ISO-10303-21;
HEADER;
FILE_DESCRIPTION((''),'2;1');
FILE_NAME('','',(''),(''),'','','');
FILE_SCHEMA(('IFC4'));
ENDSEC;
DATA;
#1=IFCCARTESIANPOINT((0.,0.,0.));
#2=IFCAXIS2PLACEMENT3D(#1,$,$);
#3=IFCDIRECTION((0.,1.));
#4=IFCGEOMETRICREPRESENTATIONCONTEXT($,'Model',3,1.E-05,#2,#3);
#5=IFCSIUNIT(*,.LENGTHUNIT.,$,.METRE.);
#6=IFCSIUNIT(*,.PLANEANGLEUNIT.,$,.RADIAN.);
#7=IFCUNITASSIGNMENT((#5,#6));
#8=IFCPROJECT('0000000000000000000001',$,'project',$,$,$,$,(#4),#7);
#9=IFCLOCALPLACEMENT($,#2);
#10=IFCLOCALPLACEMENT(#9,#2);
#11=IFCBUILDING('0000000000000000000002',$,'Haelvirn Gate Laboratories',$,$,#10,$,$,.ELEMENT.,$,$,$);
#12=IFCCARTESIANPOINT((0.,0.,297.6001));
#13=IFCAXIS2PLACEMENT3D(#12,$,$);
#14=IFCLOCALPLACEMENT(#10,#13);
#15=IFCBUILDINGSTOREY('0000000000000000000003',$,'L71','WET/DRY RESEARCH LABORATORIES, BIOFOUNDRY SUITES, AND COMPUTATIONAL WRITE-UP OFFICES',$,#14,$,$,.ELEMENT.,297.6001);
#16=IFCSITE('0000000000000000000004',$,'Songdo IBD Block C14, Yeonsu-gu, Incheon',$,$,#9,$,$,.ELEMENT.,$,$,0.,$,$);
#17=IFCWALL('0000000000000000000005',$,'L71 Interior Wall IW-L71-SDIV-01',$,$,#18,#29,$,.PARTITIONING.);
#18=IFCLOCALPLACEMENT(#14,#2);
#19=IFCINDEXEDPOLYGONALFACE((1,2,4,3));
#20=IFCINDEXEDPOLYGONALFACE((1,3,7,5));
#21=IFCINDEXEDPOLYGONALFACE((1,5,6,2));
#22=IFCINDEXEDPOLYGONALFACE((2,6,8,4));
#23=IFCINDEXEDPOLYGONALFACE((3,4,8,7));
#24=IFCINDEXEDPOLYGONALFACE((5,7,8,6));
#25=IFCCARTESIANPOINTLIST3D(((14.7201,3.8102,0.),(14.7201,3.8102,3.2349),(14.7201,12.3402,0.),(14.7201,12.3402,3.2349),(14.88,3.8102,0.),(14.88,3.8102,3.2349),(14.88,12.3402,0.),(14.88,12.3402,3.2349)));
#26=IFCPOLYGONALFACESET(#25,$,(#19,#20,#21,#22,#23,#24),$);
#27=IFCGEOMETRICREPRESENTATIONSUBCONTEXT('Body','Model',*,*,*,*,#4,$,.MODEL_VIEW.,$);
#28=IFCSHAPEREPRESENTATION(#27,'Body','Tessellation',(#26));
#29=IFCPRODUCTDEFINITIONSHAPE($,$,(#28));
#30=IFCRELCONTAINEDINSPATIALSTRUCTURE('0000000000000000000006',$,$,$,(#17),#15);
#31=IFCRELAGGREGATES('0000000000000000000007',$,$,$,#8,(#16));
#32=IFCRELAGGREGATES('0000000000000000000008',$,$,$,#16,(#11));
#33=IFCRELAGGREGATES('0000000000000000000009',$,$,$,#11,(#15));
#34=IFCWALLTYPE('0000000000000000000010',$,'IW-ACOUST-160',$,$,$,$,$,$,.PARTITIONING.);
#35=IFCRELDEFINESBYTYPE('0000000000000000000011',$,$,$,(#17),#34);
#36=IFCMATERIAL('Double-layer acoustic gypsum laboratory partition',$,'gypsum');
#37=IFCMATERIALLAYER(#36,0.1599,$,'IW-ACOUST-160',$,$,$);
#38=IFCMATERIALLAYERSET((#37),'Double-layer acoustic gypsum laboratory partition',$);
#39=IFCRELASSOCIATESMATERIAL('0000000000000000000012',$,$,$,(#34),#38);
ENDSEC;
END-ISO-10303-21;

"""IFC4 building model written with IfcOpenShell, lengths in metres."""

from ifc_helpers import new_model, si_unit, direction, frame, frame_2d, origin, place, context, subcontext, project, spatial, rectangle, extrude, material, layer, layer_set, type_object, element, save


model = new_model("IFC4")

# Units and contexts
model_context = context("Model", 3, precision=1e-05, world=origin(), true_north=direction((0.0, 1.0)))
body_context = subcontext(model_context, "Body", "Model", "MODEL_VIEW")
ifc_project = project(units=[si_unit("LENGTHUNIT", "METRE"), si_unit("PLANEANGLEUNIT", "RADIAN")], contexts=[model_context])

# Site, building, storey
site_placement = place(None, origin())
site = spatial("IfcSite", under=ifc_project, at=site_placement, Name="Songdo IBD Block C14, Yeonsu-gu, Incheon", CompositionType="ELEMENT", RefElevation=0.0)
building_placement = place(site_placement, origin())
building = spatial("IfcBuilding", under=site, at=building_placement, Name="Haelvirn Gate Laboratories", CompositionType="ELEMENT")
storey_placement = place(building_placement, frame((0.0, 0.0, 297.6001)))
storey = spatial("IfcBuildingStorey", under=building, at=storey_placement, Name="L71", Description="WET/DRY RESEARCH LABORATORIES, BIOFOUNDRY SUITES, AND COMPUTATIONAL WRITE-UP OFFICES", CompositionType="ELEMENT", Elevation=297.6001)

# Wall
ifc_material_1 = material(Name="Double-layer acoustic gypsum laboratory partition", Category="gypsum")
ifc_layer_1 = layer(ifc_material_1, 0.1599, Name="IW-ACOUST-160")
ifc_layer_set_1 = layer_set([ifc_layer_1], Name="Double-layer acoustic gypsum laboratory partition")
wall_type_1 = type_object("IfcWallType", Name="IW-ACOUST-160", PredefinedType="PARTITIONING", material=ifc_layer_set_1)
wall_1_placement = place(storey_placement, frame((14.8, 3.8101, 0.0), z_axis=(0.0, 0.0, 1.0), x_axis=(0.0, 1.0, 0.0)))
element("IfcWall", 1, at=wall_1_placement, inside=storey, type_object=wall_type_1, Name="L71 Interior Wall IW-L71-SDIV-01", PredefinedType="PARTITIONING", context=body_context, shape_type="SweptSolid", body=[
    extrude(rectangle(XDim=8.53, YDim=0.1599, at=frame_2d((4.2651, 0.0))), origin(), (0.0, 0.0, 1.0), 3.2349),
])

save(model, "model.ifc")
